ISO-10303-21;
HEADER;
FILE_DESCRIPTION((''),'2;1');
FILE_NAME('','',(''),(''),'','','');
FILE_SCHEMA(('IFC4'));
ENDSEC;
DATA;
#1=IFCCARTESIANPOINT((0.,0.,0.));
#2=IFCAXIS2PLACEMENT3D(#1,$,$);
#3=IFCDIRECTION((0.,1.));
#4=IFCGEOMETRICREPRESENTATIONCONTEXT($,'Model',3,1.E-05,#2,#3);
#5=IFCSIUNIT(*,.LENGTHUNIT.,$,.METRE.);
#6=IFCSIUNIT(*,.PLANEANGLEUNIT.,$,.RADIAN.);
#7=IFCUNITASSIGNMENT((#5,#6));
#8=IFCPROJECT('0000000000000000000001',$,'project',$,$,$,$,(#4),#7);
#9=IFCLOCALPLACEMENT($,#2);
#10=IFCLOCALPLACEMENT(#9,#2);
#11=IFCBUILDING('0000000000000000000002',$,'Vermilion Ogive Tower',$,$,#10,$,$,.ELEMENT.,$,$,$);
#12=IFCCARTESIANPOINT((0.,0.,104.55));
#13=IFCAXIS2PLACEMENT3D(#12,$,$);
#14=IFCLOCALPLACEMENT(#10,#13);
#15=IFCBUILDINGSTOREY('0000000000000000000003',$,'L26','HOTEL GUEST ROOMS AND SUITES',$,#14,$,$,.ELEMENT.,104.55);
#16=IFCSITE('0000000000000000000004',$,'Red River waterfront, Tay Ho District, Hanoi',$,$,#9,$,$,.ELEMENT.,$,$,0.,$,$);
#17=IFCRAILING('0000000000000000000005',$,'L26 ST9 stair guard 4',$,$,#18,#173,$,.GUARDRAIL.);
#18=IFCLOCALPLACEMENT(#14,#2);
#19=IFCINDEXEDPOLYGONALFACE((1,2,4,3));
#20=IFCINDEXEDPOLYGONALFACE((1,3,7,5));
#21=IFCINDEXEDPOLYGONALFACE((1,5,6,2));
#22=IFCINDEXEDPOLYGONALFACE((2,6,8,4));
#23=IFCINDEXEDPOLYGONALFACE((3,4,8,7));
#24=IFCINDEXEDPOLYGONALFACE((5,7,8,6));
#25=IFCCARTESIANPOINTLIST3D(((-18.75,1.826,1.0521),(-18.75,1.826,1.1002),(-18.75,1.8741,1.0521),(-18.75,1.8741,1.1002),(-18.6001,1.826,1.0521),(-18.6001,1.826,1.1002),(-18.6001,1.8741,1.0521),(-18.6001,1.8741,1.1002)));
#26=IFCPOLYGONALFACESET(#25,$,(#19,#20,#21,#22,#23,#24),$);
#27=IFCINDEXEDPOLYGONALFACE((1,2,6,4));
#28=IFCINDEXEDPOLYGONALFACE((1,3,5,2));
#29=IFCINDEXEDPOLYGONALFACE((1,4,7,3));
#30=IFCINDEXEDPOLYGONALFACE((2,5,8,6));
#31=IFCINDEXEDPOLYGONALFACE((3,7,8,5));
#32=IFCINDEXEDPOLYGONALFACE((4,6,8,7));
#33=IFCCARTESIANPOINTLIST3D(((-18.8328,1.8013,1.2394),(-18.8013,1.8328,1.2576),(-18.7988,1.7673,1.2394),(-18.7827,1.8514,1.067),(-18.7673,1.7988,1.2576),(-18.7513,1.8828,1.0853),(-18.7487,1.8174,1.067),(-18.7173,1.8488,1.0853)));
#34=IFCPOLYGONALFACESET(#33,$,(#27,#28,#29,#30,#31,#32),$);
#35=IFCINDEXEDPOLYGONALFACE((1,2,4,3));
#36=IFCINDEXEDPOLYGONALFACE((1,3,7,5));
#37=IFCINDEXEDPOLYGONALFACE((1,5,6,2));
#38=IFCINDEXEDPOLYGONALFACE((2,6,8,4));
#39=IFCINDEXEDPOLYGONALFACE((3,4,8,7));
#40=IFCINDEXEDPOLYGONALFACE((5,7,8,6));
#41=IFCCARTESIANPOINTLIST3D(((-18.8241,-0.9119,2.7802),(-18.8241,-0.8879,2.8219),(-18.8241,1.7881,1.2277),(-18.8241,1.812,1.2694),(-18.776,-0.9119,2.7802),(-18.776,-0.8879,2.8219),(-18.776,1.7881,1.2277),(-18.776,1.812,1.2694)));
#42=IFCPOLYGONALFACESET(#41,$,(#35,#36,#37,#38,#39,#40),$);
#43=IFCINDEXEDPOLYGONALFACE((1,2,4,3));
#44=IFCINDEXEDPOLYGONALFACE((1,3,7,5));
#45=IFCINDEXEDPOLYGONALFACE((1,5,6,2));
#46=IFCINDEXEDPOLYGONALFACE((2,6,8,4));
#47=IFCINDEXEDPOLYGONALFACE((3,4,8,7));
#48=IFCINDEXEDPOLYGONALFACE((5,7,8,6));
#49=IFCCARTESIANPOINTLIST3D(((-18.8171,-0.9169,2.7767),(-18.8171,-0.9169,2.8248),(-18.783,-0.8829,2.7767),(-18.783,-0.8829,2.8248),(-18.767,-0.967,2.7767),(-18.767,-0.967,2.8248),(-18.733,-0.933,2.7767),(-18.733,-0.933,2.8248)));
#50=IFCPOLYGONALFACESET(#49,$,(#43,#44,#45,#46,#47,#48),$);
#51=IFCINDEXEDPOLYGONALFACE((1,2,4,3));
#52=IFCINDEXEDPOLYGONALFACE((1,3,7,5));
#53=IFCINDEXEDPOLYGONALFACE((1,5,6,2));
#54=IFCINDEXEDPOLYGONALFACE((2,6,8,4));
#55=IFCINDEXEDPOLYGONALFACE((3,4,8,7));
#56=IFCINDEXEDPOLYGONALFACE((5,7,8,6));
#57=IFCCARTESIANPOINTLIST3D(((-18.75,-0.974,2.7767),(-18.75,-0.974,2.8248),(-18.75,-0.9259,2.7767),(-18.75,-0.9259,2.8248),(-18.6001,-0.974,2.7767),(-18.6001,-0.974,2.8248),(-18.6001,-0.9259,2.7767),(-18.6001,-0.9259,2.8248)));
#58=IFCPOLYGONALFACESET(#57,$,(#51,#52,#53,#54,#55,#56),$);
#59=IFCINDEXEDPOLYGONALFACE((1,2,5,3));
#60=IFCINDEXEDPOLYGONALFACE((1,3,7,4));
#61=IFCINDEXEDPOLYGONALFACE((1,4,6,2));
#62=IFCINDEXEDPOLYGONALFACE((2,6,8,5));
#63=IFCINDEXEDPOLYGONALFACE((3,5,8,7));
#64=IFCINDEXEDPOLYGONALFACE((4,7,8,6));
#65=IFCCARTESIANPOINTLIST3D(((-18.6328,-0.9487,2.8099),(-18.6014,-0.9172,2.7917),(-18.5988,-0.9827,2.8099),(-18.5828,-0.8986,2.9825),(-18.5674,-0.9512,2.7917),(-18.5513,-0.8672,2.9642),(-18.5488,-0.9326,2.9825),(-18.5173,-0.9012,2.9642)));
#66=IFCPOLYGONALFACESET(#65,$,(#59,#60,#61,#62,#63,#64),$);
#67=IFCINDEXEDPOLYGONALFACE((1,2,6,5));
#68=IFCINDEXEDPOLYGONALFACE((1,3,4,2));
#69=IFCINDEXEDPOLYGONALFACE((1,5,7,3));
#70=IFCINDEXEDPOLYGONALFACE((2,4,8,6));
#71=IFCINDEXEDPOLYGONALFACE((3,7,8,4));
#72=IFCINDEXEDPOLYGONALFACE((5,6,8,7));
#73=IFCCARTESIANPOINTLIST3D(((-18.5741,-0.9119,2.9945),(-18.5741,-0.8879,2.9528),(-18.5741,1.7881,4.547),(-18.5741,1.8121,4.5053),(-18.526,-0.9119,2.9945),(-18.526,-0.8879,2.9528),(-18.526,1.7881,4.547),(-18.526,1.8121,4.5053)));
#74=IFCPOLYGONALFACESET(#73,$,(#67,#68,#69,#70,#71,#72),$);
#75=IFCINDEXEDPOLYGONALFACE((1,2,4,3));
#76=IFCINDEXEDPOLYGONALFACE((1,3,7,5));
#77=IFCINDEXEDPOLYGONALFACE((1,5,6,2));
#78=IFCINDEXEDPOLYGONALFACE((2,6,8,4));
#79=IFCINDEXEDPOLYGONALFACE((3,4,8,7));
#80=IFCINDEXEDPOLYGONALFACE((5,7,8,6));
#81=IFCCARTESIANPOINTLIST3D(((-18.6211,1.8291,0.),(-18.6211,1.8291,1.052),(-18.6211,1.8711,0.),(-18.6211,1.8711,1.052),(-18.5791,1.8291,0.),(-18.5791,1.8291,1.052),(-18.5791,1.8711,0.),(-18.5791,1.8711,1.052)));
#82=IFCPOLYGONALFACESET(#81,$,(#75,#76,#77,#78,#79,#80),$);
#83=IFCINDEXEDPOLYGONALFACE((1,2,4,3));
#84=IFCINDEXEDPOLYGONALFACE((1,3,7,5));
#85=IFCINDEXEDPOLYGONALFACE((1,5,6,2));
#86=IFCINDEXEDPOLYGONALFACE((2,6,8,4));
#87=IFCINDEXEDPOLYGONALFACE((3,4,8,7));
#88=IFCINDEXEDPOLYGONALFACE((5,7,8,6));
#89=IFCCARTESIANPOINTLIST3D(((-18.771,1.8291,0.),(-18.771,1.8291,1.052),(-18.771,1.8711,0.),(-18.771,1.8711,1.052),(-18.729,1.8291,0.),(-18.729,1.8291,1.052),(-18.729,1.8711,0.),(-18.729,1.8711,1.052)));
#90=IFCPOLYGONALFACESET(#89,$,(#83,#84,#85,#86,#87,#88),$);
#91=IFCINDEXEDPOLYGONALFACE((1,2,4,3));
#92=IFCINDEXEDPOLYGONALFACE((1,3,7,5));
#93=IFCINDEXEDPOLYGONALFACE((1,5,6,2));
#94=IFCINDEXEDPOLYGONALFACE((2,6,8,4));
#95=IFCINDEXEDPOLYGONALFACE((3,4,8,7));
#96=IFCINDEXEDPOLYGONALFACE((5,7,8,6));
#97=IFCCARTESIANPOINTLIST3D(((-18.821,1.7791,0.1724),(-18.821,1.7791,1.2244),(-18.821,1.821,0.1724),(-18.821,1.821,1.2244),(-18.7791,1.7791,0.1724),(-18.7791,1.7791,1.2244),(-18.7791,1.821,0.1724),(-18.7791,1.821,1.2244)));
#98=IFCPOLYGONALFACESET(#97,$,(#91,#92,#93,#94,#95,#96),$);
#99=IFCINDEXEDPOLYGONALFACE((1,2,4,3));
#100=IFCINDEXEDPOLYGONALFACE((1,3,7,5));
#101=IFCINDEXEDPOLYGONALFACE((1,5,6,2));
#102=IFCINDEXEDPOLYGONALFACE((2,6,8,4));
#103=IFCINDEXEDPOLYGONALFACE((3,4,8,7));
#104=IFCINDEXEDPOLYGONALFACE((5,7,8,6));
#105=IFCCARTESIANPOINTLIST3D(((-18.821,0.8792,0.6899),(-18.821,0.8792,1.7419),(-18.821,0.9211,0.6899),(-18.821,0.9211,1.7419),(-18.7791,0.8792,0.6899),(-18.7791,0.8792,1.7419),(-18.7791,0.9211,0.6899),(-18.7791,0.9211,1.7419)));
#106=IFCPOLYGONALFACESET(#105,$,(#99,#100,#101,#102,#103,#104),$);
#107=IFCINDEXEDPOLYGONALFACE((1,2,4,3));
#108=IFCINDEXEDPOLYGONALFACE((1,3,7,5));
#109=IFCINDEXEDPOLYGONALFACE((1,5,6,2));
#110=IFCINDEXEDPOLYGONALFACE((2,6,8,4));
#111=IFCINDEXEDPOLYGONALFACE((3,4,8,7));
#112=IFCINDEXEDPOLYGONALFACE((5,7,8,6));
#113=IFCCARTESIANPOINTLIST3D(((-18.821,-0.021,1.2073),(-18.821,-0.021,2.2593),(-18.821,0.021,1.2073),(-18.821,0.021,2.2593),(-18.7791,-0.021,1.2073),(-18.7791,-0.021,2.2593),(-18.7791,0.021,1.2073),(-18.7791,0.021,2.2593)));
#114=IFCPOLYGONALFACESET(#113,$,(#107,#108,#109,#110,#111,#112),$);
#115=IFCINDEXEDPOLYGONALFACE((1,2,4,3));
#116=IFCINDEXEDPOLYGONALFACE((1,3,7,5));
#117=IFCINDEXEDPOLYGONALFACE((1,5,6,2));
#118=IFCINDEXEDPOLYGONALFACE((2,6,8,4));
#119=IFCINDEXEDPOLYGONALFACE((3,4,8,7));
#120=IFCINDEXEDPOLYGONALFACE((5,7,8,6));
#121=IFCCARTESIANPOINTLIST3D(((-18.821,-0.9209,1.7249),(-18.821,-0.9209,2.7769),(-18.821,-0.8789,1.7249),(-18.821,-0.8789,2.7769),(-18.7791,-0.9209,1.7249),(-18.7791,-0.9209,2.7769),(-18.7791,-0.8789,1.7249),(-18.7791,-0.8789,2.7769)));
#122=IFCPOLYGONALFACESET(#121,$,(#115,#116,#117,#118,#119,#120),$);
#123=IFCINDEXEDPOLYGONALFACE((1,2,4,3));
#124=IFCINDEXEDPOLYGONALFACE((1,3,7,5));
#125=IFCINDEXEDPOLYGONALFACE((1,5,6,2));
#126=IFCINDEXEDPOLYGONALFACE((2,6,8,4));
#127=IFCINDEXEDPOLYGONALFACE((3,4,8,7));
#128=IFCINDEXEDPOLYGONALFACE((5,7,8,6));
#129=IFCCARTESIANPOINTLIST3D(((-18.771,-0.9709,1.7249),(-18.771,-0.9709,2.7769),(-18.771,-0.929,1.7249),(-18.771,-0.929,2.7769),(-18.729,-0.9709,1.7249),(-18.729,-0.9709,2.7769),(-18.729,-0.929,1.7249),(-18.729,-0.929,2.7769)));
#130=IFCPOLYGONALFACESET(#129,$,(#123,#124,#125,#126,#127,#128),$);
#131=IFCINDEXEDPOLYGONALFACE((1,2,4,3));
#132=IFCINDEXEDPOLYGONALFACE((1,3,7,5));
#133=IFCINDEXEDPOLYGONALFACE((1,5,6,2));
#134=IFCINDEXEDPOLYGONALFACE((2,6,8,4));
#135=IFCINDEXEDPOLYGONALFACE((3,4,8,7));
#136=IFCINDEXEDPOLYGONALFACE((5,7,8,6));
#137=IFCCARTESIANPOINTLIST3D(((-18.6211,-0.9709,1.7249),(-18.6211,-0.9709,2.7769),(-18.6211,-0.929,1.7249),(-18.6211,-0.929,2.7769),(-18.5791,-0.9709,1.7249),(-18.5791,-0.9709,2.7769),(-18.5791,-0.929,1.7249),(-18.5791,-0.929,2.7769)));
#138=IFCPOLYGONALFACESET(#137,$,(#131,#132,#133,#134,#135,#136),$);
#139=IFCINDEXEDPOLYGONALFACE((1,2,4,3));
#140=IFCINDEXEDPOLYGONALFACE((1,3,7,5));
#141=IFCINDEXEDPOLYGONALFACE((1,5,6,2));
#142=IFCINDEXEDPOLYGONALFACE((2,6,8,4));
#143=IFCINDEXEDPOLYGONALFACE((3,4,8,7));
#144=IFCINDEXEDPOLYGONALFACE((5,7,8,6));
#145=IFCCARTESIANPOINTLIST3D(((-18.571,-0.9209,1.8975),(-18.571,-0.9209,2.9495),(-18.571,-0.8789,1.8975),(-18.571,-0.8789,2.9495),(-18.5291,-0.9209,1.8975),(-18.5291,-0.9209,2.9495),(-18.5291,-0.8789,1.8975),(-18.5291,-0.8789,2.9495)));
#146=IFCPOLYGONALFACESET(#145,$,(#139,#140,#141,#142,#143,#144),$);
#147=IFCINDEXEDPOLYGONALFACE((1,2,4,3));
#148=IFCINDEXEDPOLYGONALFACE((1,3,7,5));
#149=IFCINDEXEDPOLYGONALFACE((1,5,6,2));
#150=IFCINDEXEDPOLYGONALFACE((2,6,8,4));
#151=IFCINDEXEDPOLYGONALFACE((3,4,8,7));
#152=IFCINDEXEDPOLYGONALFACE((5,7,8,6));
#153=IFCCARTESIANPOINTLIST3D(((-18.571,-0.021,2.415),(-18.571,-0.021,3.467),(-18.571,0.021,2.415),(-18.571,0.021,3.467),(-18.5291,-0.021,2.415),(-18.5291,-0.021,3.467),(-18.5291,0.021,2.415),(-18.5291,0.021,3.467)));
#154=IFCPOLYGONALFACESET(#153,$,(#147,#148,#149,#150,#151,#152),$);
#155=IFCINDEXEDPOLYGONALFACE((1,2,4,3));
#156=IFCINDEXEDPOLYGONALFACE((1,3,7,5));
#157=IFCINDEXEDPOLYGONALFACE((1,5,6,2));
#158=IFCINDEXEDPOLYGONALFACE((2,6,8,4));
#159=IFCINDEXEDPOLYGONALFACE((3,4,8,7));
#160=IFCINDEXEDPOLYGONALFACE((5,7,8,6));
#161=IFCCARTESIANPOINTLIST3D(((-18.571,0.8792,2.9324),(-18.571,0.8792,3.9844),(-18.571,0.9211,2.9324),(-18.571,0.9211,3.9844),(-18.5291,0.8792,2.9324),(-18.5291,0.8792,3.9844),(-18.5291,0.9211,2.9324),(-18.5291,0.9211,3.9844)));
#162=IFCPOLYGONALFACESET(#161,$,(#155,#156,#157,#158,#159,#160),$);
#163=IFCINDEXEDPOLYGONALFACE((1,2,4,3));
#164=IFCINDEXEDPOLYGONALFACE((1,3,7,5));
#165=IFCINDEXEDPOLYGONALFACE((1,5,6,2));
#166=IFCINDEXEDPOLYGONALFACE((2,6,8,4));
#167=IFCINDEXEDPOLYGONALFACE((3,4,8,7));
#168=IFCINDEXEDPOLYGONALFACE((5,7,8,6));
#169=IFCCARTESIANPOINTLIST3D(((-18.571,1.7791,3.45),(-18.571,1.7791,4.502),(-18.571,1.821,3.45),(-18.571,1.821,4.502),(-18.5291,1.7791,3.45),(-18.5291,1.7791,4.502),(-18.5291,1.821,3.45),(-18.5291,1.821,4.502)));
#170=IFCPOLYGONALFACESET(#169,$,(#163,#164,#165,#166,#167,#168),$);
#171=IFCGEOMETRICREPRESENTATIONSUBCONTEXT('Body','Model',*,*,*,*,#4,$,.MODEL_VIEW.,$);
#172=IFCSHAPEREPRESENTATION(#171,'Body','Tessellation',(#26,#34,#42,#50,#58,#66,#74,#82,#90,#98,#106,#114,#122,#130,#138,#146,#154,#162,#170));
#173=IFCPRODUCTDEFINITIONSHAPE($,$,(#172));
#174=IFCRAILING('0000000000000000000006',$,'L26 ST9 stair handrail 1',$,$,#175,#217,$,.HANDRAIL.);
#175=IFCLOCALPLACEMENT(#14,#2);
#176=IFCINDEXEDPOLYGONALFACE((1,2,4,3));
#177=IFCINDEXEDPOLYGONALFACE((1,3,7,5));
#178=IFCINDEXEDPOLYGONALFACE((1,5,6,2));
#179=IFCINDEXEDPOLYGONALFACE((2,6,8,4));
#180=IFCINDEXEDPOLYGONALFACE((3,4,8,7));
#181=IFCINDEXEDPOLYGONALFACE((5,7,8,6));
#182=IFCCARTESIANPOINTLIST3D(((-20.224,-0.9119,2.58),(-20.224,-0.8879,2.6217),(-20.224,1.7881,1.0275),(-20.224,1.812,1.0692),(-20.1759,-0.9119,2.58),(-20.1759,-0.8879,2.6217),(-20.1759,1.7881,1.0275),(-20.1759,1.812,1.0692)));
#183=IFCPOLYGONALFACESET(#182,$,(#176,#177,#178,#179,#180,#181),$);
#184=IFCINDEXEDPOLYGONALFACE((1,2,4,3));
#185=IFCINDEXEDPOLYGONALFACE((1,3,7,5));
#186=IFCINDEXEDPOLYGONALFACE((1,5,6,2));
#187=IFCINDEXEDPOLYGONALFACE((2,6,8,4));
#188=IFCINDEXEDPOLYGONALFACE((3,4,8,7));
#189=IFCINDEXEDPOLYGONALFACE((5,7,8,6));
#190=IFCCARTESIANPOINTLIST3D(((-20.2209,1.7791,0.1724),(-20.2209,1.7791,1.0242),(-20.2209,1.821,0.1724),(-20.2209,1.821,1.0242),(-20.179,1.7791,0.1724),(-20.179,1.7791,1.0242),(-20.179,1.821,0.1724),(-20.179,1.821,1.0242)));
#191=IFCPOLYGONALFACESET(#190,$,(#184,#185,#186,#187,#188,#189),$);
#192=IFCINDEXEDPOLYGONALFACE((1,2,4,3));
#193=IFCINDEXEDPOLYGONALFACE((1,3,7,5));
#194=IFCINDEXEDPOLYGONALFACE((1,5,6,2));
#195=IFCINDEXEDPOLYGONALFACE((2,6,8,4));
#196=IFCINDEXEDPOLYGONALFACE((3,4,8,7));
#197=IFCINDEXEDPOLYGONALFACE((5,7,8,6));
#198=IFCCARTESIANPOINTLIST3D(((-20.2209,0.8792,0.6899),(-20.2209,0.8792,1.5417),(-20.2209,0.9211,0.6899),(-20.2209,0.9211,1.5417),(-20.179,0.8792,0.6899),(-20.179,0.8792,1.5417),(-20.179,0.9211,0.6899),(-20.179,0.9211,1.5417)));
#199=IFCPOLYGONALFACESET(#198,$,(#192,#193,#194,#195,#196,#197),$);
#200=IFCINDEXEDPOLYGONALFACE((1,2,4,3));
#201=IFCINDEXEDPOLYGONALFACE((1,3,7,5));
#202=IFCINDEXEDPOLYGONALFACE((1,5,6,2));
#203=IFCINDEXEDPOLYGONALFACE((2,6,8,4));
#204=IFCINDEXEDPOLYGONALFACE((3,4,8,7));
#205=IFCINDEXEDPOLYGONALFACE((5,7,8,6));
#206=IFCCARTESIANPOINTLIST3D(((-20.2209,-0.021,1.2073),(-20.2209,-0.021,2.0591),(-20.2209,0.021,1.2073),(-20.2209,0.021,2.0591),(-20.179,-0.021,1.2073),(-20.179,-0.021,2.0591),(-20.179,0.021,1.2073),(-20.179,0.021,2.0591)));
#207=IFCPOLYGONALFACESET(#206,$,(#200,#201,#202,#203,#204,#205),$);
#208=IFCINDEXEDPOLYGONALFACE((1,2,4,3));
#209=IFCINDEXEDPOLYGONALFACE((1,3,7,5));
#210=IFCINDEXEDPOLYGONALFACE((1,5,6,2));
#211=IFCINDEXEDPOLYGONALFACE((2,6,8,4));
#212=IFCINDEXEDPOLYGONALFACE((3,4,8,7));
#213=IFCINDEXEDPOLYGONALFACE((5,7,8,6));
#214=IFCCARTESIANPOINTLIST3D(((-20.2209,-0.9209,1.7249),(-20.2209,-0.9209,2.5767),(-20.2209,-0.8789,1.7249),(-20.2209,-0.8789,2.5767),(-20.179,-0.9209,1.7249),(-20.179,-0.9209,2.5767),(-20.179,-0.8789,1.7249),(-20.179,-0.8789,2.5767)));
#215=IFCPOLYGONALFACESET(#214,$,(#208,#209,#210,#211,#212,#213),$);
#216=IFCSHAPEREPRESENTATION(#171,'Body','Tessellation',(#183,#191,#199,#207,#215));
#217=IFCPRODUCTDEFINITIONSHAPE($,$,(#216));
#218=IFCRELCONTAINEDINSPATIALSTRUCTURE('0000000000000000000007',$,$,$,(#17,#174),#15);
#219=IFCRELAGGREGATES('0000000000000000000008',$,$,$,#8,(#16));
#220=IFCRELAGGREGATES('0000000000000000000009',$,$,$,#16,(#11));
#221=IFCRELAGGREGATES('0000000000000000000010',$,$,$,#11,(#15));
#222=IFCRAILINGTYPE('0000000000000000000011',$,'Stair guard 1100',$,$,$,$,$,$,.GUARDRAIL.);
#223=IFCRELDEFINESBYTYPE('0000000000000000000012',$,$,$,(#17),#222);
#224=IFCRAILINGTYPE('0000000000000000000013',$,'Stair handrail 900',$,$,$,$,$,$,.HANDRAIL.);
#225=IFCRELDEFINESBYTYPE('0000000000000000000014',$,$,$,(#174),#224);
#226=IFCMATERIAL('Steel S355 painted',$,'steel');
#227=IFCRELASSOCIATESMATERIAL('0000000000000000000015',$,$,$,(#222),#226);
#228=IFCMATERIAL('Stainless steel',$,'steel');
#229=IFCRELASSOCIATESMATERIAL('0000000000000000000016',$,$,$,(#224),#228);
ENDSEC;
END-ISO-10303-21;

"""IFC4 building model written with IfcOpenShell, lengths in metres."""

from ifc_helpers import new_model, si_unit, direction, frame, origin, origin_2d, place, context, subcontext, project, spatial, rectangle, extrude, material, type_object, element, save


model = new_model("IFC4")

# Units and contexts
model_context = context("Model", 3, precision=1e-05, world=origin(), true_north=direction((0.0, 1.0)))
body_context = subcontext(model_context, "Body", "Model", "MODEL_VIEW")
ifc_project = project(units=[si_unit("LENGTHUNIT", "METRE"), si_unit("PLANEANGLEUNIT", "RADIAN")], contexts=[model_context])

# Site, building, storey
site_placement = place(None, origin())
site = spatial("IfcSite", under=ifc_project, at=site_placement, Name="Red River waterfront, Tay Ho District, Hanoi", CompositionType="ELEMENT", RefElevation=0.0)
building_placement = place(site_placement, origin())
building = spatial("IfcBuilding", under=site, at=building_placement, Name="Vermilion Ogive Tower", CompositionType="ELEMENT")
storey_placement = place(building_placement, frame((0.0, 0.0, 104.55)))
storey = spatial("IfcBuildingStorey", under=building, at=storey_placement, Name="L26", Description="HOTEL GUEST ROOMS AND SUITES", CompositionType="ELEMENT", Elevation=104.55)

# Railings
ifc_material_1 = material(Name="Steel S355 painted", Category="steel")
railing_type_1 = type_object("IfcRailingType", Name="Stair guard 1100", PredefinedType="GUARDRAIL", material=ifc_material_1)
railing_1_placement = place(storey_placement, frame((-18.6001, 1.8501, 0.0)))
element("IfcRailing", 1, at=railing_1_placement, inside=storey, type_object=railing_type_1, Name="L26 ST9 stair guard 4", PredefinedType="GUARDRAIL", context=body_context, shape_type="SweptSolid", body=[
    extrude(rectangle(XDim=0.0481, YDim=0.0481, at=origin_2d()), frame((0.0, 0.0, 1.0762), z_axis=(-1.0, 0.0, 0.0), x_axis=(0.0, -1.0, 0.0)), (0.0, 0.0, 1.0), 0.1499),
    extrude(rectangle(XDim=0.0481, YDim=0.0481, at=origin_2d()), frame((-0.1499, 0.0, 1.0762), z_axis=(-0.268603, -0.268603, 0.925043), x_axis=(0.707107, -0.707107, 0.0)), (0.0, 0.0, 1.0), 0.1863),
    extrude(rectangle(XDim=0.0481, YDim=0.0481, at=origin_2d()), frame((-0.2, -0.05, 1.2485), z_axis=(0.0, -0.866904, 0.498476), x_axis=(1.0, 0.0, 0.0)), (0.0, 0.0, 1.0), 3.1145),
    extrude(rectangle(XDim=0.0481, YDim=0.0481, at=origin_2d()), frame((-0.2, -2.75, 2.8008), z_axis=(0.707107, -0.707107, 0.0), x_axis=(0.707107, 0.707107, 0.0)), (0.0, 0.0, 1.0), 0.0708),
    extrude(rectangle(XDim=0.0481, YDim=0.0481, at=origin_2d()), frame((-0.1499, -2.8, 2.8008), z_axis=(1.0, 0.0, 0.0), x_axis=(0.0, 1.0, 0.0)), (0.0, 0.0, 1.0), 0.1499),
    extrude(rectangle(XDim=0.0481, YDim=0.0481, at=origin_2d()), frame((0.0, -2.8, 2.8008), z_axis=(0.268278, 0.268278, 0.925232), x_axis=(-0.707107, 0.707107, 0.0)), (0.0, 0.0, 1.0), 0.1865),
    extrude(rectangle(XDim=0.0481, YDim=0.0481, at=origin_2d()), frame((0.05, -2.75, 2.9736), z_axis=(0.0, 0.866904, 0.498476), x_axis=(-1.0, 0.0, 0.0)), (0.0, 0.0, 1.0), 3.1145),
    extrude(rectangle(XDim=0.042, YDim=0.042, at=origin_2d()), origin(), (0.0, 0.0, 1.0), 1.052),
    extrude(rectangle(XDim=0.042, YDim=0.042, at=origin_2d()), frame((-0.1499, 0.0, 0.0)), (0.0, 0.0, 1.0), 1.052),
    extrude(rectangle(XDim=0.042, YDim=0.042, at=origin_2d()), frame((-0.2, -0.05, 0.1724)), (0.0, 0.0, 1.0), 1.052),
    extrude(rectangle(XDim=0.042, YDim=0.042, at=origin_2d()), frame((-0.2, -0.95, 0.6899)), (0.0, 0.0, 1.0), 1.052),
    extrude(rectangle(XDim=0.042, YDim=0.042, at=origin_2d()), frame((-0.2, -1.8501, 1.2073)), (0.0, 0.0, 1.0), 1.052),
    extrude(rectangle(XDim=0.042, YDim=0.042, at=origin_2d()), frame((-0.2, -2.75, 1.7249)), (0.0, 0.0, 1.0), 1.052),
    extrude(rectangle(XDim=0.042, YDim=0.042, at=origin_2d()), frame((-0.1499, -2.8, 1.7249)), (0.0, 0.0, 1.0), 1.052),
    extrude(rectangle(XDim=0.042, YDim=0.042, at=origin_2d()), frame((0.0, -2.8, 1.7249)), (0.0, 0.0, 1.0), 1.052),
    extrude(rectangle(XDim=0.042, YDim=0.042, at=origin_2d()), frame((0.05, -2.75, 1.8975)), (0.0, 0.0, 1.0), 1.052),
    extrude(rectangle(XDim=0.042, YDim=0.042, at=origin_2d()), frame((0.05, -1.8501, 2.415)), (0.0, 0.0, 1.0), 1.052),
    extrude(rectangle(XDim=0.042, YDim=0.042, at=origin_2d()), frame((0.05, -0.95, 2.9324)), (0.0, 0.0, 1.0), 1.052),
    extrude(rectangle(XDim=0.042, YDim=0.042, at=origin_2d()), frame((0.05, -0.05, 3.45)), (0.0, 0.0, 1.0), 1.052),
])
ifc_material_2 = material(Name="Stainless steel", Category="steel")
railing_type_2 = type_object("IfcRailingType", Name="Stair handrail 900", PredefinedType="HANDRAIL", material=ifc_material_2)
railing_2_placement = place(storey_placement, frame((-20.2, 1.8, 0.1724)))
element("IfcRailing", 2, at=railing_2_placement, inside=storey, type_object=railing_type_2, Name="L26 ST9 stair handrail 1", PredefinedType="HANDRAIL", context=body_context, shape_type="SweptSolid", body=[
    extrude(rectangle(XDim=0.0481, YDim=0.0481, at=origin_2d()), frame((0.0, 0.0, 0.876), z_axis=(0.0, -0.866904, 0.498476), x_axis=(1.0, 0.0, 0.0)), (0.0, 0.0, 1.0), 3.1145),
    extrude(rectangle(XDim=0.042, YDim=0.042, at=origin_2d()), origin(), (0.0, 0.0, 1.0), 0.8518),
    extrude(rectangle(XDim=0.042, YDim=0.042, at=origin_2d()), frame((0.0, -0.8999, 0.5176)), (0.0, 0.0, 1.0), 0.8518),
    extrude(rectangle(XDim=0.042, YDim=0.042, at=origin_2d()), frame((0.0, -1.8, 1.0349)), (0.0, 0.0, 1.0), 0.8518),
    extrude(rectangle(XDim=0.042, YDim=0.042, at=origin_2d()), frame((0.0, -2.7, 1.5525)), (0.0, 0.0, 1.0), 0.8518),
])

save(model, "model.ifc")
